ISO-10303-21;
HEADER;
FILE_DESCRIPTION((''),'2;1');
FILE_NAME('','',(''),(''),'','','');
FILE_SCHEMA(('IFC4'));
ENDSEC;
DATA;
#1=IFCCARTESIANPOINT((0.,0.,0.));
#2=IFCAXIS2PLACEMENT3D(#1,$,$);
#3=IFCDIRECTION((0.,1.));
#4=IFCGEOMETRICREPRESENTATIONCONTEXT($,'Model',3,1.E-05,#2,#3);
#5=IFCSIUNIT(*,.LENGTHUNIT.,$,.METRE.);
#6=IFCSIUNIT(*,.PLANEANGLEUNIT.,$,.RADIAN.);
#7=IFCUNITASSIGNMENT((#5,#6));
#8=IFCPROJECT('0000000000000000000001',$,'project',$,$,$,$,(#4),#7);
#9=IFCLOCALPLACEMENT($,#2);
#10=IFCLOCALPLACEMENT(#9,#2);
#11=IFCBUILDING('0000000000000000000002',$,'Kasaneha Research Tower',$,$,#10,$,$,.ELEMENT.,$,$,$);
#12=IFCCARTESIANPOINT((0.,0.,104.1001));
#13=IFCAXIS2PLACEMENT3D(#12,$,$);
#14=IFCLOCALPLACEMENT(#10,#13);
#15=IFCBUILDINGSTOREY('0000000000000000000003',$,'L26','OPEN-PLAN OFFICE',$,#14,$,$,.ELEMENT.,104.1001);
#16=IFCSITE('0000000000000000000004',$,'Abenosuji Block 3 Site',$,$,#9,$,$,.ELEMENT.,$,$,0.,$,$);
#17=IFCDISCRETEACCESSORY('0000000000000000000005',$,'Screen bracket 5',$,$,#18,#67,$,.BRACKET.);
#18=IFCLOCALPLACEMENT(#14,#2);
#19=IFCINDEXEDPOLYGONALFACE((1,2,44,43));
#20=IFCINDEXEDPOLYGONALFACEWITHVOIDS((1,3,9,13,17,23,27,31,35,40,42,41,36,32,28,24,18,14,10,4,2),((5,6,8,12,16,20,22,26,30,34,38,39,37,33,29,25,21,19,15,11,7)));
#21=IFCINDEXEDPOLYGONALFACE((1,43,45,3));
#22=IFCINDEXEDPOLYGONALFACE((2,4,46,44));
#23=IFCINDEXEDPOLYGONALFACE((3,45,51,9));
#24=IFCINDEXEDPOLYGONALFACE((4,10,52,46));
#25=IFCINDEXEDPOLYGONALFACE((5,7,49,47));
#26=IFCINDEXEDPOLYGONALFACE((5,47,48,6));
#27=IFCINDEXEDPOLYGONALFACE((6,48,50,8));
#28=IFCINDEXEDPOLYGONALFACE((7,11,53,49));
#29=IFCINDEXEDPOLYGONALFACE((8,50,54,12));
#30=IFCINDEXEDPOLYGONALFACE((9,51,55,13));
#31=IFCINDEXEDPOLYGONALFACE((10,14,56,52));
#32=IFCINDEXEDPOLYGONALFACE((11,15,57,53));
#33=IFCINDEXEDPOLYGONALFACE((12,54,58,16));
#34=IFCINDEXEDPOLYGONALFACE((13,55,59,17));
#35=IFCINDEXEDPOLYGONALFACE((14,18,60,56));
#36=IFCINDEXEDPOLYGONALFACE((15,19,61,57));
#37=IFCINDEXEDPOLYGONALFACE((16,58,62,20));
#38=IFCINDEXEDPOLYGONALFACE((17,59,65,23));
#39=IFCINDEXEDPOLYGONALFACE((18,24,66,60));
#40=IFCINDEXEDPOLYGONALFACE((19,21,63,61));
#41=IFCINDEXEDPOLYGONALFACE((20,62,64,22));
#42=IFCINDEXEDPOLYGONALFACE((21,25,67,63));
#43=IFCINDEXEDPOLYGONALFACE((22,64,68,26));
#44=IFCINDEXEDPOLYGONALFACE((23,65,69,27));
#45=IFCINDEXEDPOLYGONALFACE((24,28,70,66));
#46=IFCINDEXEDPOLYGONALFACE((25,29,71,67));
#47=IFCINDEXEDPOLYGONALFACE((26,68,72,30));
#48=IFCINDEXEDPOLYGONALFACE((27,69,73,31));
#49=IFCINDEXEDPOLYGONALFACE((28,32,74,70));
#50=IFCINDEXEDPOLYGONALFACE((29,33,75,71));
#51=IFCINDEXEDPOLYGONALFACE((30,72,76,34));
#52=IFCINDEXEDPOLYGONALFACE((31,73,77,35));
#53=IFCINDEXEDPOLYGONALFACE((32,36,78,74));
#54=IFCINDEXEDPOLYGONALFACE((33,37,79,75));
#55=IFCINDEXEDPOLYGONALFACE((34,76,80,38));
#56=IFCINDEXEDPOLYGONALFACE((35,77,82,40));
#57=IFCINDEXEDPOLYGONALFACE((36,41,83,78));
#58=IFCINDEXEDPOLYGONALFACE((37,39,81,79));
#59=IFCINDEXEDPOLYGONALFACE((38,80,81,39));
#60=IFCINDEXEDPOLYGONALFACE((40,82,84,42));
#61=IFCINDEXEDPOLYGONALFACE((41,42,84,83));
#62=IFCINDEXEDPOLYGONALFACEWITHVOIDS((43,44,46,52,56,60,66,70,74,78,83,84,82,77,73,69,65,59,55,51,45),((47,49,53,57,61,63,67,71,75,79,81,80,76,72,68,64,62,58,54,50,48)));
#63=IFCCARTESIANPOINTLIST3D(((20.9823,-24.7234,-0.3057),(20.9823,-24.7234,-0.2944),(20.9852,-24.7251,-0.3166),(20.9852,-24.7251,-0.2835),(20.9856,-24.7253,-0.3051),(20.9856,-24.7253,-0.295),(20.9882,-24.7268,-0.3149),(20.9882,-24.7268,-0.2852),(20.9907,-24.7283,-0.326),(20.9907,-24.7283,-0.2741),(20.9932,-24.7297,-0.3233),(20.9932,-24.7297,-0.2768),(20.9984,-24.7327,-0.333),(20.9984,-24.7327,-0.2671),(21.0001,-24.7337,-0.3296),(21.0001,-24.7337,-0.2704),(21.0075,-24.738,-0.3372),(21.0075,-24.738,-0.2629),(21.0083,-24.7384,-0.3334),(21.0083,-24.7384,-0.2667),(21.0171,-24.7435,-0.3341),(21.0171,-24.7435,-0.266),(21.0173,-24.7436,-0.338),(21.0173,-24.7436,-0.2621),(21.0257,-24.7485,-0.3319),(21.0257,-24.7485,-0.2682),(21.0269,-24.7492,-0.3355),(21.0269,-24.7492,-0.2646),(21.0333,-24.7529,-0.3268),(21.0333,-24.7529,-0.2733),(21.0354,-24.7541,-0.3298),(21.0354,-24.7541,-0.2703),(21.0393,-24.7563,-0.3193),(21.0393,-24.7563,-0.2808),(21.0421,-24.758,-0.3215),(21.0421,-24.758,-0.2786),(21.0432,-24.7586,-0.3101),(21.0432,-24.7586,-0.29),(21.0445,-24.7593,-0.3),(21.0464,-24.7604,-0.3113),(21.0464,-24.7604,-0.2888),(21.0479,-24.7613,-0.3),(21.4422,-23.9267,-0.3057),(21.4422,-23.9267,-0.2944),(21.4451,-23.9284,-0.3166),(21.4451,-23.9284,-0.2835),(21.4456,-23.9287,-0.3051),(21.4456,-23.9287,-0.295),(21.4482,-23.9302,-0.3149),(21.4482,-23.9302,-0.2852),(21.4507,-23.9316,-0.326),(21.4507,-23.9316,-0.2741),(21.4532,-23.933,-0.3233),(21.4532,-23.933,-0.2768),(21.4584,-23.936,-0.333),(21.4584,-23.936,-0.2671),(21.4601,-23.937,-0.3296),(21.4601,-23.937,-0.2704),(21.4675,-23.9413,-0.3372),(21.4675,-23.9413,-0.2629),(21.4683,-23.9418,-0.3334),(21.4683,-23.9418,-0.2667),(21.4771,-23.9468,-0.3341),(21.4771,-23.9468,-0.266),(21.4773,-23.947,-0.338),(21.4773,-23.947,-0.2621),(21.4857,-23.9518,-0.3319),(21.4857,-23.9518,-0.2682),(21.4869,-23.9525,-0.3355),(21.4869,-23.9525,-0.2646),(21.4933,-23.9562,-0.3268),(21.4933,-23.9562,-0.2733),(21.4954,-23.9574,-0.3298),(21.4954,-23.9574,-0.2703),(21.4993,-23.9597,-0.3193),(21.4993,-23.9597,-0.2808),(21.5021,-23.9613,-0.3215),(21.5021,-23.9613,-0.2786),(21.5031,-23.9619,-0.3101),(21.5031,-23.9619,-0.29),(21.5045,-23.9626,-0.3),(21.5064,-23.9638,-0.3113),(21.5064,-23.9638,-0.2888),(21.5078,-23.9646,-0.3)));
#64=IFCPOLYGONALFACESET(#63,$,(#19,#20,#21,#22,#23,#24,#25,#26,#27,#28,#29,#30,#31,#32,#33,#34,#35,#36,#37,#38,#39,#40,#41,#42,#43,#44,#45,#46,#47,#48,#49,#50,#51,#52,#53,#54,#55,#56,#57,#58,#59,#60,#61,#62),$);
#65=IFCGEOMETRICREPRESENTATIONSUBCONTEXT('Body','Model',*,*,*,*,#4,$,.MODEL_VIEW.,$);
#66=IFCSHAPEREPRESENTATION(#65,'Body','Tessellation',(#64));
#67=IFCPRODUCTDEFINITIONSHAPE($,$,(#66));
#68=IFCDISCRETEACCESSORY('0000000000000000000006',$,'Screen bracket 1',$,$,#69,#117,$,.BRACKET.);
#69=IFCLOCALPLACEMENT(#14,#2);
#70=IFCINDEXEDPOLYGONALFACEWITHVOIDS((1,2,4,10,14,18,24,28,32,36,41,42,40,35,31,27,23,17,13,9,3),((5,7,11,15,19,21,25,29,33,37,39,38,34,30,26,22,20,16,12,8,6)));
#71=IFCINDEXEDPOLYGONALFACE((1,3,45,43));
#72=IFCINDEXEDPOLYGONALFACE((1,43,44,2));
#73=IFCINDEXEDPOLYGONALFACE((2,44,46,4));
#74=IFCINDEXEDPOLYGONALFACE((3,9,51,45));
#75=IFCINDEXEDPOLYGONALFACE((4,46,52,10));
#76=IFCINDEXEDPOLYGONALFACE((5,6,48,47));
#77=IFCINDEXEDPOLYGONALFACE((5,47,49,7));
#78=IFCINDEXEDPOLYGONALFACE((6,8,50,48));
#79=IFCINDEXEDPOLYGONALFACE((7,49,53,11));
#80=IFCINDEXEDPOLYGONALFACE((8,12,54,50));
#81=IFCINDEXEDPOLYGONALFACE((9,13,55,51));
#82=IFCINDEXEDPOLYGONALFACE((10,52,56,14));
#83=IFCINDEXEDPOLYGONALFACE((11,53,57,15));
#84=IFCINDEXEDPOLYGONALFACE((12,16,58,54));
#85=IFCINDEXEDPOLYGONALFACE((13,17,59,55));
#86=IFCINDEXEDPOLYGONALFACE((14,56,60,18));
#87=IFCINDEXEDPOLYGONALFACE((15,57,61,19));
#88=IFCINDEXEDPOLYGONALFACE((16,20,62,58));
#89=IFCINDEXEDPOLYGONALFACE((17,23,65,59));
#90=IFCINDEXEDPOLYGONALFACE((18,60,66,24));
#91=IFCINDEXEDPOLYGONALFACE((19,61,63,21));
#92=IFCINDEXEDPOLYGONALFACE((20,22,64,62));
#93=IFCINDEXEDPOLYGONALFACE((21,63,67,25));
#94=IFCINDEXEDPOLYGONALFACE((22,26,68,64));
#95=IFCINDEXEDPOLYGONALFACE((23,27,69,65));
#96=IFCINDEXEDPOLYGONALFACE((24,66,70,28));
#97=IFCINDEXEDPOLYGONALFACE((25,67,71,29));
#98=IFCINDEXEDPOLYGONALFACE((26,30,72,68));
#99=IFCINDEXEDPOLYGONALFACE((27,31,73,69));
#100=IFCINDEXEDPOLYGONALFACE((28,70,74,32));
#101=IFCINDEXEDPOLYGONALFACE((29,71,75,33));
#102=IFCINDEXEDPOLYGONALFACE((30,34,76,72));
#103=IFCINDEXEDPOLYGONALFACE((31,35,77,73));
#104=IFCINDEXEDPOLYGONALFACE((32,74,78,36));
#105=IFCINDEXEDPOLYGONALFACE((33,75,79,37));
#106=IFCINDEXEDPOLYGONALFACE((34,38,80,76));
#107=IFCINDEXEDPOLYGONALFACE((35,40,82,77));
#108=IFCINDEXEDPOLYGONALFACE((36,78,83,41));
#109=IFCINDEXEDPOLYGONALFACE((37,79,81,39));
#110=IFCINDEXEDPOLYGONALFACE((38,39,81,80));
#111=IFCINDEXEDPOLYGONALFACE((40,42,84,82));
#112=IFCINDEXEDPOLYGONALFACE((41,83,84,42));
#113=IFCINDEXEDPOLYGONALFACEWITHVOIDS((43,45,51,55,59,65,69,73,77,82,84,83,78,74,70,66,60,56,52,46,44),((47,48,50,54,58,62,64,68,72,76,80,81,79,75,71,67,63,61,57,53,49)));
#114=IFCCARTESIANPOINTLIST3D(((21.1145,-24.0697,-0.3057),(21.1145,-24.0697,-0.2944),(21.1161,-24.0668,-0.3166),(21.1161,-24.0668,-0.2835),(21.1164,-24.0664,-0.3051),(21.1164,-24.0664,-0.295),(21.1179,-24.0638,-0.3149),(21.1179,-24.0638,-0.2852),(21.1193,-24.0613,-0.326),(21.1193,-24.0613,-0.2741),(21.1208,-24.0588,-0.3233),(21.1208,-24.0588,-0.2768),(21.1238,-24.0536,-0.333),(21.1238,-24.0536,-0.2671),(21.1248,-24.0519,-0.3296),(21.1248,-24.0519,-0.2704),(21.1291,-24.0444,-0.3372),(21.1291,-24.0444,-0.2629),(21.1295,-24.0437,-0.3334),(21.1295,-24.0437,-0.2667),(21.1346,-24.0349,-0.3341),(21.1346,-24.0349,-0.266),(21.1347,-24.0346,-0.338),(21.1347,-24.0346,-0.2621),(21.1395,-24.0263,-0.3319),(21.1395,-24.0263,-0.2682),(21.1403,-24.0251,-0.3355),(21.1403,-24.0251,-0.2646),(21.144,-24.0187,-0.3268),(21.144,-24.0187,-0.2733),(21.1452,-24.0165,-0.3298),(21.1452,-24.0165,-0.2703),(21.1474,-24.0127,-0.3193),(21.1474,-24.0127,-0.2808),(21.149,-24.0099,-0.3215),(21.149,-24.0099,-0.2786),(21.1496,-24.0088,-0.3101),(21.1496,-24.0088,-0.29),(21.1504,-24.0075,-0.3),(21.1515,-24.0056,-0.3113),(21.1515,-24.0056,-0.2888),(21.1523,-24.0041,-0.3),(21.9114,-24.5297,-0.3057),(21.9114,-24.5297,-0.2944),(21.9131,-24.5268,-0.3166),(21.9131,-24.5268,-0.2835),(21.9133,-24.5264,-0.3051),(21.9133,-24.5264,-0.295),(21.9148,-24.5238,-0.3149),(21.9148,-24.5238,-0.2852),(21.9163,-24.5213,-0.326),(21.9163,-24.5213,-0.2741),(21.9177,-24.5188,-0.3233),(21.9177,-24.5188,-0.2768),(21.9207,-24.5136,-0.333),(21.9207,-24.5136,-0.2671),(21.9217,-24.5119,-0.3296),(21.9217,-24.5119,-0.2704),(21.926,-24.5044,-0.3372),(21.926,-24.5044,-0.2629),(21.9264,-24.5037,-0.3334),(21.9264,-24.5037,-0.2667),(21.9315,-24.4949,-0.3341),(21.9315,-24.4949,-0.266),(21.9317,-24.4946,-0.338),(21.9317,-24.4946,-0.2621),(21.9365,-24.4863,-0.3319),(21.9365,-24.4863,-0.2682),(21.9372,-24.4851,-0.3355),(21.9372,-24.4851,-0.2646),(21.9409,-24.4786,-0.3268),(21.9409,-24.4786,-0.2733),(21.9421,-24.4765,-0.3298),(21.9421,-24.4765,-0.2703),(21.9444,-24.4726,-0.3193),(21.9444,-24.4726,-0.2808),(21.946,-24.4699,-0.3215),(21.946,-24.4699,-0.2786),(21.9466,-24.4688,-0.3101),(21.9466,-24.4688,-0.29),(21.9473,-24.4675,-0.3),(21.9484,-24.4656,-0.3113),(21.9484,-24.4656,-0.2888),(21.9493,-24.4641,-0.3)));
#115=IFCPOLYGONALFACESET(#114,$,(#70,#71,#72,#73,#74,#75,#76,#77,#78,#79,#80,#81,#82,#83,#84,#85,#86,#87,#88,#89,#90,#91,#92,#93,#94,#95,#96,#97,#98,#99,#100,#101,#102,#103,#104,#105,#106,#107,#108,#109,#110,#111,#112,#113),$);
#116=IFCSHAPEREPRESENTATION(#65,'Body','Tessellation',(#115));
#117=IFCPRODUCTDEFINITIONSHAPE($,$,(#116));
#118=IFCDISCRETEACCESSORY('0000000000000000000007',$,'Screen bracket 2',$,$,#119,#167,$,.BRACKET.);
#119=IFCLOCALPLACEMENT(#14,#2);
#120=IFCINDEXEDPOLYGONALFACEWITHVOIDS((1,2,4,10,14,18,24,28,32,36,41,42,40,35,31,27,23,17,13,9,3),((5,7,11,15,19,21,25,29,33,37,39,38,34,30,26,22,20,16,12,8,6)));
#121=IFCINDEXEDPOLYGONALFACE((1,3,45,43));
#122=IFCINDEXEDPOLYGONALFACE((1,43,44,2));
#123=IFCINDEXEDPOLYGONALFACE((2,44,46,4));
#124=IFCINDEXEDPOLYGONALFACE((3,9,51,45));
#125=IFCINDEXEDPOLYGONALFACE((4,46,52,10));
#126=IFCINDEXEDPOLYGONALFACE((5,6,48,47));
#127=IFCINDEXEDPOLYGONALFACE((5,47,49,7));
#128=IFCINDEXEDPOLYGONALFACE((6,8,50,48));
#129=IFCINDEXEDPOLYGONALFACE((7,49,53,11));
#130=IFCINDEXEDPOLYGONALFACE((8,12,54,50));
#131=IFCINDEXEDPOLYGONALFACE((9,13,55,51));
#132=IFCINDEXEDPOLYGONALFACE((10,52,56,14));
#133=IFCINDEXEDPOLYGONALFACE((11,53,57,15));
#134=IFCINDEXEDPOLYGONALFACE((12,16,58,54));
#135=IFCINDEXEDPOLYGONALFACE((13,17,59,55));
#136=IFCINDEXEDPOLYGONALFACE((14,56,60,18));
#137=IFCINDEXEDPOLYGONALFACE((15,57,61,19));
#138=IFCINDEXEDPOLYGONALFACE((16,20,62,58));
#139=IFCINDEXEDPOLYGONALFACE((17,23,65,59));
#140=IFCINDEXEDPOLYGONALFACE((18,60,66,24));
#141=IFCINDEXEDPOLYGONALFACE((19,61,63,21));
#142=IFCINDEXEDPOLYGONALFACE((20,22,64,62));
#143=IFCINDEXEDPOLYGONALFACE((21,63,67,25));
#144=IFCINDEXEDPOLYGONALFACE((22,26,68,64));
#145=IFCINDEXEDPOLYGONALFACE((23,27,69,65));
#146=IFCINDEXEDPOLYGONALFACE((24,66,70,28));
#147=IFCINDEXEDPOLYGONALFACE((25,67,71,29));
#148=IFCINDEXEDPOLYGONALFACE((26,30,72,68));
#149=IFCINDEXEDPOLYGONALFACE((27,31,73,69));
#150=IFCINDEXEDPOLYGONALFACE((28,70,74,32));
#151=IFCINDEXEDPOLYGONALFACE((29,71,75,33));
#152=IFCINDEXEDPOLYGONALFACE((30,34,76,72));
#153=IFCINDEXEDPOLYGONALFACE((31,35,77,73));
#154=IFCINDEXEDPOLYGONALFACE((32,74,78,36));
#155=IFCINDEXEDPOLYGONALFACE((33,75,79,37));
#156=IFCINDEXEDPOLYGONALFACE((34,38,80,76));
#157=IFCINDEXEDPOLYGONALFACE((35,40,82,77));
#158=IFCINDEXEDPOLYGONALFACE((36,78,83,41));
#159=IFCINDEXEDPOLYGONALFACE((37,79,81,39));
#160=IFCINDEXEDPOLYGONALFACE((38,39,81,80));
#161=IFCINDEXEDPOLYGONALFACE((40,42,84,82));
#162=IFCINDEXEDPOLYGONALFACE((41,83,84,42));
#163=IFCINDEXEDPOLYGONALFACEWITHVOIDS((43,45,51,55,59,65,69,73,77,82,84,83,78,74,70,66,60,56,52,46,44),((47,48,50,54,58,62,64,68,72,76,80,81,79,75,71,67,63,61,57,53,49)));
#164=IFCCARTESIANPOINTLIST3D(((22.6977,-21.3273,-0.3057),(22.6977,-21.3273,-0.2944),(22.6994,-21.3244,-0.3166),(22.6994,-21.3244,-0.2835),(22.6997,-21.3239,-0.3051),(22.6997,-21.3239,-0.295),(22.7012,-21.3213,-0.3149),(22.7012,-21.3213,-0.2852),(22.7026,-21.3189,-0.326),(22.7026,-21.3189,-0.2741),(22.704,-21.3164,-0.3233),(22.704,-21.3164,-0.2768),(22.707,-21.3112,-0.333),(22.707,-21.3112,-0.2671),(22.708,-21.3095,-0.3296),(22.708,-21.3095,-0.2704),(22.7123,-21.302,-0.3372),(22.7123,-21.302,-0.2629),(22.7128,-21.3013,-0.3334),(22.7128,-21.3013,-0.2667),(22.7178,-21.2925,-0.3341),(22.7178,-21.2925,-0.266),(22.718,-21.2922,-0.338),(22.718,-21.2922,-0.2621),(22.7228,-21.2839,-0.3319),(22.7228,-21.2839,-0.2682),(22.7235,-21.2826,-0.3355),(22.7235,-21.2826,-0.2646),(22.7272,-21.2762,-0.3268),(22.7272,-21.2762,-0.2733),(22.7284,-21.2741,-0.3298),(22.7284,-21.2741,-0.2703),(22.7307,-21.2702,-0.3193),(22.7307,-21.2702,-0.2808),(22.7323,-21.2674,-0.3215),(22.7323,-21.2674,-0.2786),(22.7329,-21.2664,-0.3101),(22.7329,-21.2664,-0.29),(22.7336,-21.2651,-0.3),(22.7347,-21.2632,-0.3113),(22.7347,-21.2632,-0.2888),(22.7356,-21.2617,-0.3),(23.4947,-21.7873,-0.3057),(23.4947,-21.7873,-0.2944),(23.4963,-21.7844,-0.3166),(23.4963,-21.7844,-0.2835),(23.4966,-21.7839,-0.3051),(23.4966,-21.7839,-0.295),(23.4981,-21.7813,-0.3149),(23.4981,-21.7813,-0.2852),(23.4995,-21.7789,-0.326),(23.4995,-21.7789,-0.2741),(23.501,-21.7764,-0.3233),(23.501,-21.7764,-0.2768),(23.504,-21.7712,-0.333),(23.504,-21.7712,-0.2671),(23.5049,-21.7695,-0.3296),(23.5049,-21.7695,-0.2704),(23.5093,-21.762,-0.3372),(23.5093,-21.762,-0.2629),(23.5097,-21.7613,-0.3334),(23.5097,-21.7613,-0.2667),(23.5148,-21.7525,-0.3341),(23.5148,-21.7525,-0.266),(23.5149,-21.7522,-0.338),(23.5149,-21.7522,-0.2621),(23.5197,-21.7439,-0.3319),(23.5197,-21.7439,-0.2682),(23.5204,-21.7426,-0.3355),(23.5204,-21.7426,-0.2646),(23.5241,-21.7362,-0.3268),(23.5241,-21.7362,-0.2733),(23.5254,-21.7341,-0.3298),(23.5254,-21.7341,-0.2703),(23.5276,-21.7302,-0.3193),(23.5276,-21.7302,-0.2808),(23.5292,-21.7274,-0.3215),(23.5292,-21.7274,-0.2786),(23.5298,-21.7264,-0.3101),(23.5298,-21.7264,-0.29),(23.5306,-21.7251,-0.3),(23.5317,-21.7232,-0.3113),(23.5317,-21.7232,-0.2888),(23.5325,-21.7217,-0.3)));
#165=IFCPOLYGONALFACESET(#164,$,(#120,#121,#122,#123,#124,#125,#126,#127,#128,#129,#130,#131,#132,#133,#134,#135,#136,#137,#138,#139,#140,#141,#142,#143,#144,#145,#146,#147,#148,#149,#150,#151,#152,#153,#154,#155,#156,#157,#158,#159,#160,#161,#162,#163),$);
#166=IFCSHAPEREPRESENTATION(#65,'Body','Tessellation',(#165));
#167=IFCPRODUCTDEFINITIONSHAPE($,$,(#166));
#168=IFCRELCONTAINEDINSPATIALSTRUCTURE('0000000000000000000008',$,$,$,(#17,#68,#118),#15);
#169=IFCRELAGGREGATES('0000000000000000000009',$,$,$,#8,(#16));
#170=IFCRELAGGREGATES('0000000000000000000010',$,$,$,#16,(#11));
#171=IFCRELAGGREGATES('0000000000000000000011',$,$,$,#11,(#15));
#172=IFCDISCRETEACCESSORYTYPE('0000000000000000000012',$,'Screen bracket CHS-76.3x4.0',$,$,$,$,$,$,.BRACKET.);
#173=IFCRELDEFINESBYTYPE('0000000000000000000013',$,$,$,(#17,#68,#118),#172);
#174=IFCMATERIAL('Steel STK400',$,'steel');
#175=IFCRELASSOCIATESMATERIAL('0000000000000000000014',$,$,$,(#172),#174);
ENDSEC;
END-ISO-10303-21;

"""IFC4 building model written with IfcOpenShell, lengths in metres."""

from ifc_helpers import new_model, si_unit, direction, frame, origin, origin_2d, place, context, subcontext, project, spatial, hollow_circle, extrude, material, material_profile, profile_set, type_object, element, save


model = new_model("IFC4")

# Units and contexts
model_context = context("Model", 3, precision=1e-05, world=origin(), true_north=direction((0.0, 1.0)))
body_context = subcontext(model_context, "Body", "Model", "MODEL_VIEW")
ifc_project = project(units=[si_unit("LENGTHUNIT", "METRE"), si_unit("PLANEANGLEUNIT", "RADIAN")], contexts=[model_context])

# Site, building, storey
site_placement = place(None, origin())
site = spatial("IfcSite", under=ifc_project, at=site_placement, Name="Abenosuji Block 3 Site", CompositionType="ELEMENT", RefElevation=0.0)
building_placement = place(site_placement, origin())
building = spatial("IfcBuilding", under=site, at=building_placement, Name="Kasaneha Research Tower", CompositionType="ELEMENT")
storey_placement = place(building_placement, frame((0.0, 0.0, 104.1001)))
storey = spatial("IfcBuildingStorey", under=building, at=storey_placement, Name="L26", Description="OPEN-PLAN OFFICE", CompositionType="ELEMENT", Elevation=104.1001)

# Discrete accessories
ifc_material_1 = material(Name="Steel STK400", Category="steel")
ifc_material_profile_1 = material_profile(ifc_material_1, hollow_circle(Radius=0.0381, WallThickness=0.0039, at=origin_2d()), Name="CHS-76.3x4.0")
ifc_profile_set_1 = profile_set([ifc_material_profile_1], Name="Steel STK400")
discrete_accessory_type = type_object("IfcDiscreteAccessoryType", Name="Screen bracket CHS-76.3x4.0", PredefinedType="BRACKET", material=ifc_profile_set_1)
discrete_accessory_1_placement = place(storey_placement, frame((21.4749, -23.9456, -0.3), z_axis=(-0.500021, -0.866013, 0.0), x_axis=(0.866013, -0.500021, 0.0)))
element("IfcDiscreteAccessory", 1, at=discrete_accessory_1_placement, inside=storey, type_object=discrete_accessory_type, Name="Screen bracket 5", PredefinedType="BRACKET", context=body_context, shape_type="SweptSolid", body=[
    extrude(hollow_circle(Radius=0.0381, WallThickness=0.0039, at=origin_2d()), origin(), (0.0, 0.0, 1.0), 0.9199),
])
for number, where, z_axis, x_axis, name in (
    (2, (21.1333, -24.0371, -0.3), (0.86608, -0.499906, 0.0), (0.499906, 0.86608, 0.0), "Screen bracket 1"),
    (3, (22.7166, -21.2947, -0.3), (0.86608, -0.499906, 0.0), (0.499906, 0.86608, 0.0), "Screen bracket 2"),
):
    element("IfcDiscreteAccessory", number, at=place(storey_placement, frame(where, z_axis=z_axis, x_axis=x_axis)), inside=storey, type_object=discrete_accessory_type, Name=name, PredefinedType="BRACKET", context=body_context, shape_type="SweptSolid", body=[
        extrude(hollow_circle(Radius=0.0381, WallThickness=0.0039, at=origin_2d()), origin(), (0.0, 0.0, 1.0), 0.9202),
    ])

save(model, "model.ifc")
